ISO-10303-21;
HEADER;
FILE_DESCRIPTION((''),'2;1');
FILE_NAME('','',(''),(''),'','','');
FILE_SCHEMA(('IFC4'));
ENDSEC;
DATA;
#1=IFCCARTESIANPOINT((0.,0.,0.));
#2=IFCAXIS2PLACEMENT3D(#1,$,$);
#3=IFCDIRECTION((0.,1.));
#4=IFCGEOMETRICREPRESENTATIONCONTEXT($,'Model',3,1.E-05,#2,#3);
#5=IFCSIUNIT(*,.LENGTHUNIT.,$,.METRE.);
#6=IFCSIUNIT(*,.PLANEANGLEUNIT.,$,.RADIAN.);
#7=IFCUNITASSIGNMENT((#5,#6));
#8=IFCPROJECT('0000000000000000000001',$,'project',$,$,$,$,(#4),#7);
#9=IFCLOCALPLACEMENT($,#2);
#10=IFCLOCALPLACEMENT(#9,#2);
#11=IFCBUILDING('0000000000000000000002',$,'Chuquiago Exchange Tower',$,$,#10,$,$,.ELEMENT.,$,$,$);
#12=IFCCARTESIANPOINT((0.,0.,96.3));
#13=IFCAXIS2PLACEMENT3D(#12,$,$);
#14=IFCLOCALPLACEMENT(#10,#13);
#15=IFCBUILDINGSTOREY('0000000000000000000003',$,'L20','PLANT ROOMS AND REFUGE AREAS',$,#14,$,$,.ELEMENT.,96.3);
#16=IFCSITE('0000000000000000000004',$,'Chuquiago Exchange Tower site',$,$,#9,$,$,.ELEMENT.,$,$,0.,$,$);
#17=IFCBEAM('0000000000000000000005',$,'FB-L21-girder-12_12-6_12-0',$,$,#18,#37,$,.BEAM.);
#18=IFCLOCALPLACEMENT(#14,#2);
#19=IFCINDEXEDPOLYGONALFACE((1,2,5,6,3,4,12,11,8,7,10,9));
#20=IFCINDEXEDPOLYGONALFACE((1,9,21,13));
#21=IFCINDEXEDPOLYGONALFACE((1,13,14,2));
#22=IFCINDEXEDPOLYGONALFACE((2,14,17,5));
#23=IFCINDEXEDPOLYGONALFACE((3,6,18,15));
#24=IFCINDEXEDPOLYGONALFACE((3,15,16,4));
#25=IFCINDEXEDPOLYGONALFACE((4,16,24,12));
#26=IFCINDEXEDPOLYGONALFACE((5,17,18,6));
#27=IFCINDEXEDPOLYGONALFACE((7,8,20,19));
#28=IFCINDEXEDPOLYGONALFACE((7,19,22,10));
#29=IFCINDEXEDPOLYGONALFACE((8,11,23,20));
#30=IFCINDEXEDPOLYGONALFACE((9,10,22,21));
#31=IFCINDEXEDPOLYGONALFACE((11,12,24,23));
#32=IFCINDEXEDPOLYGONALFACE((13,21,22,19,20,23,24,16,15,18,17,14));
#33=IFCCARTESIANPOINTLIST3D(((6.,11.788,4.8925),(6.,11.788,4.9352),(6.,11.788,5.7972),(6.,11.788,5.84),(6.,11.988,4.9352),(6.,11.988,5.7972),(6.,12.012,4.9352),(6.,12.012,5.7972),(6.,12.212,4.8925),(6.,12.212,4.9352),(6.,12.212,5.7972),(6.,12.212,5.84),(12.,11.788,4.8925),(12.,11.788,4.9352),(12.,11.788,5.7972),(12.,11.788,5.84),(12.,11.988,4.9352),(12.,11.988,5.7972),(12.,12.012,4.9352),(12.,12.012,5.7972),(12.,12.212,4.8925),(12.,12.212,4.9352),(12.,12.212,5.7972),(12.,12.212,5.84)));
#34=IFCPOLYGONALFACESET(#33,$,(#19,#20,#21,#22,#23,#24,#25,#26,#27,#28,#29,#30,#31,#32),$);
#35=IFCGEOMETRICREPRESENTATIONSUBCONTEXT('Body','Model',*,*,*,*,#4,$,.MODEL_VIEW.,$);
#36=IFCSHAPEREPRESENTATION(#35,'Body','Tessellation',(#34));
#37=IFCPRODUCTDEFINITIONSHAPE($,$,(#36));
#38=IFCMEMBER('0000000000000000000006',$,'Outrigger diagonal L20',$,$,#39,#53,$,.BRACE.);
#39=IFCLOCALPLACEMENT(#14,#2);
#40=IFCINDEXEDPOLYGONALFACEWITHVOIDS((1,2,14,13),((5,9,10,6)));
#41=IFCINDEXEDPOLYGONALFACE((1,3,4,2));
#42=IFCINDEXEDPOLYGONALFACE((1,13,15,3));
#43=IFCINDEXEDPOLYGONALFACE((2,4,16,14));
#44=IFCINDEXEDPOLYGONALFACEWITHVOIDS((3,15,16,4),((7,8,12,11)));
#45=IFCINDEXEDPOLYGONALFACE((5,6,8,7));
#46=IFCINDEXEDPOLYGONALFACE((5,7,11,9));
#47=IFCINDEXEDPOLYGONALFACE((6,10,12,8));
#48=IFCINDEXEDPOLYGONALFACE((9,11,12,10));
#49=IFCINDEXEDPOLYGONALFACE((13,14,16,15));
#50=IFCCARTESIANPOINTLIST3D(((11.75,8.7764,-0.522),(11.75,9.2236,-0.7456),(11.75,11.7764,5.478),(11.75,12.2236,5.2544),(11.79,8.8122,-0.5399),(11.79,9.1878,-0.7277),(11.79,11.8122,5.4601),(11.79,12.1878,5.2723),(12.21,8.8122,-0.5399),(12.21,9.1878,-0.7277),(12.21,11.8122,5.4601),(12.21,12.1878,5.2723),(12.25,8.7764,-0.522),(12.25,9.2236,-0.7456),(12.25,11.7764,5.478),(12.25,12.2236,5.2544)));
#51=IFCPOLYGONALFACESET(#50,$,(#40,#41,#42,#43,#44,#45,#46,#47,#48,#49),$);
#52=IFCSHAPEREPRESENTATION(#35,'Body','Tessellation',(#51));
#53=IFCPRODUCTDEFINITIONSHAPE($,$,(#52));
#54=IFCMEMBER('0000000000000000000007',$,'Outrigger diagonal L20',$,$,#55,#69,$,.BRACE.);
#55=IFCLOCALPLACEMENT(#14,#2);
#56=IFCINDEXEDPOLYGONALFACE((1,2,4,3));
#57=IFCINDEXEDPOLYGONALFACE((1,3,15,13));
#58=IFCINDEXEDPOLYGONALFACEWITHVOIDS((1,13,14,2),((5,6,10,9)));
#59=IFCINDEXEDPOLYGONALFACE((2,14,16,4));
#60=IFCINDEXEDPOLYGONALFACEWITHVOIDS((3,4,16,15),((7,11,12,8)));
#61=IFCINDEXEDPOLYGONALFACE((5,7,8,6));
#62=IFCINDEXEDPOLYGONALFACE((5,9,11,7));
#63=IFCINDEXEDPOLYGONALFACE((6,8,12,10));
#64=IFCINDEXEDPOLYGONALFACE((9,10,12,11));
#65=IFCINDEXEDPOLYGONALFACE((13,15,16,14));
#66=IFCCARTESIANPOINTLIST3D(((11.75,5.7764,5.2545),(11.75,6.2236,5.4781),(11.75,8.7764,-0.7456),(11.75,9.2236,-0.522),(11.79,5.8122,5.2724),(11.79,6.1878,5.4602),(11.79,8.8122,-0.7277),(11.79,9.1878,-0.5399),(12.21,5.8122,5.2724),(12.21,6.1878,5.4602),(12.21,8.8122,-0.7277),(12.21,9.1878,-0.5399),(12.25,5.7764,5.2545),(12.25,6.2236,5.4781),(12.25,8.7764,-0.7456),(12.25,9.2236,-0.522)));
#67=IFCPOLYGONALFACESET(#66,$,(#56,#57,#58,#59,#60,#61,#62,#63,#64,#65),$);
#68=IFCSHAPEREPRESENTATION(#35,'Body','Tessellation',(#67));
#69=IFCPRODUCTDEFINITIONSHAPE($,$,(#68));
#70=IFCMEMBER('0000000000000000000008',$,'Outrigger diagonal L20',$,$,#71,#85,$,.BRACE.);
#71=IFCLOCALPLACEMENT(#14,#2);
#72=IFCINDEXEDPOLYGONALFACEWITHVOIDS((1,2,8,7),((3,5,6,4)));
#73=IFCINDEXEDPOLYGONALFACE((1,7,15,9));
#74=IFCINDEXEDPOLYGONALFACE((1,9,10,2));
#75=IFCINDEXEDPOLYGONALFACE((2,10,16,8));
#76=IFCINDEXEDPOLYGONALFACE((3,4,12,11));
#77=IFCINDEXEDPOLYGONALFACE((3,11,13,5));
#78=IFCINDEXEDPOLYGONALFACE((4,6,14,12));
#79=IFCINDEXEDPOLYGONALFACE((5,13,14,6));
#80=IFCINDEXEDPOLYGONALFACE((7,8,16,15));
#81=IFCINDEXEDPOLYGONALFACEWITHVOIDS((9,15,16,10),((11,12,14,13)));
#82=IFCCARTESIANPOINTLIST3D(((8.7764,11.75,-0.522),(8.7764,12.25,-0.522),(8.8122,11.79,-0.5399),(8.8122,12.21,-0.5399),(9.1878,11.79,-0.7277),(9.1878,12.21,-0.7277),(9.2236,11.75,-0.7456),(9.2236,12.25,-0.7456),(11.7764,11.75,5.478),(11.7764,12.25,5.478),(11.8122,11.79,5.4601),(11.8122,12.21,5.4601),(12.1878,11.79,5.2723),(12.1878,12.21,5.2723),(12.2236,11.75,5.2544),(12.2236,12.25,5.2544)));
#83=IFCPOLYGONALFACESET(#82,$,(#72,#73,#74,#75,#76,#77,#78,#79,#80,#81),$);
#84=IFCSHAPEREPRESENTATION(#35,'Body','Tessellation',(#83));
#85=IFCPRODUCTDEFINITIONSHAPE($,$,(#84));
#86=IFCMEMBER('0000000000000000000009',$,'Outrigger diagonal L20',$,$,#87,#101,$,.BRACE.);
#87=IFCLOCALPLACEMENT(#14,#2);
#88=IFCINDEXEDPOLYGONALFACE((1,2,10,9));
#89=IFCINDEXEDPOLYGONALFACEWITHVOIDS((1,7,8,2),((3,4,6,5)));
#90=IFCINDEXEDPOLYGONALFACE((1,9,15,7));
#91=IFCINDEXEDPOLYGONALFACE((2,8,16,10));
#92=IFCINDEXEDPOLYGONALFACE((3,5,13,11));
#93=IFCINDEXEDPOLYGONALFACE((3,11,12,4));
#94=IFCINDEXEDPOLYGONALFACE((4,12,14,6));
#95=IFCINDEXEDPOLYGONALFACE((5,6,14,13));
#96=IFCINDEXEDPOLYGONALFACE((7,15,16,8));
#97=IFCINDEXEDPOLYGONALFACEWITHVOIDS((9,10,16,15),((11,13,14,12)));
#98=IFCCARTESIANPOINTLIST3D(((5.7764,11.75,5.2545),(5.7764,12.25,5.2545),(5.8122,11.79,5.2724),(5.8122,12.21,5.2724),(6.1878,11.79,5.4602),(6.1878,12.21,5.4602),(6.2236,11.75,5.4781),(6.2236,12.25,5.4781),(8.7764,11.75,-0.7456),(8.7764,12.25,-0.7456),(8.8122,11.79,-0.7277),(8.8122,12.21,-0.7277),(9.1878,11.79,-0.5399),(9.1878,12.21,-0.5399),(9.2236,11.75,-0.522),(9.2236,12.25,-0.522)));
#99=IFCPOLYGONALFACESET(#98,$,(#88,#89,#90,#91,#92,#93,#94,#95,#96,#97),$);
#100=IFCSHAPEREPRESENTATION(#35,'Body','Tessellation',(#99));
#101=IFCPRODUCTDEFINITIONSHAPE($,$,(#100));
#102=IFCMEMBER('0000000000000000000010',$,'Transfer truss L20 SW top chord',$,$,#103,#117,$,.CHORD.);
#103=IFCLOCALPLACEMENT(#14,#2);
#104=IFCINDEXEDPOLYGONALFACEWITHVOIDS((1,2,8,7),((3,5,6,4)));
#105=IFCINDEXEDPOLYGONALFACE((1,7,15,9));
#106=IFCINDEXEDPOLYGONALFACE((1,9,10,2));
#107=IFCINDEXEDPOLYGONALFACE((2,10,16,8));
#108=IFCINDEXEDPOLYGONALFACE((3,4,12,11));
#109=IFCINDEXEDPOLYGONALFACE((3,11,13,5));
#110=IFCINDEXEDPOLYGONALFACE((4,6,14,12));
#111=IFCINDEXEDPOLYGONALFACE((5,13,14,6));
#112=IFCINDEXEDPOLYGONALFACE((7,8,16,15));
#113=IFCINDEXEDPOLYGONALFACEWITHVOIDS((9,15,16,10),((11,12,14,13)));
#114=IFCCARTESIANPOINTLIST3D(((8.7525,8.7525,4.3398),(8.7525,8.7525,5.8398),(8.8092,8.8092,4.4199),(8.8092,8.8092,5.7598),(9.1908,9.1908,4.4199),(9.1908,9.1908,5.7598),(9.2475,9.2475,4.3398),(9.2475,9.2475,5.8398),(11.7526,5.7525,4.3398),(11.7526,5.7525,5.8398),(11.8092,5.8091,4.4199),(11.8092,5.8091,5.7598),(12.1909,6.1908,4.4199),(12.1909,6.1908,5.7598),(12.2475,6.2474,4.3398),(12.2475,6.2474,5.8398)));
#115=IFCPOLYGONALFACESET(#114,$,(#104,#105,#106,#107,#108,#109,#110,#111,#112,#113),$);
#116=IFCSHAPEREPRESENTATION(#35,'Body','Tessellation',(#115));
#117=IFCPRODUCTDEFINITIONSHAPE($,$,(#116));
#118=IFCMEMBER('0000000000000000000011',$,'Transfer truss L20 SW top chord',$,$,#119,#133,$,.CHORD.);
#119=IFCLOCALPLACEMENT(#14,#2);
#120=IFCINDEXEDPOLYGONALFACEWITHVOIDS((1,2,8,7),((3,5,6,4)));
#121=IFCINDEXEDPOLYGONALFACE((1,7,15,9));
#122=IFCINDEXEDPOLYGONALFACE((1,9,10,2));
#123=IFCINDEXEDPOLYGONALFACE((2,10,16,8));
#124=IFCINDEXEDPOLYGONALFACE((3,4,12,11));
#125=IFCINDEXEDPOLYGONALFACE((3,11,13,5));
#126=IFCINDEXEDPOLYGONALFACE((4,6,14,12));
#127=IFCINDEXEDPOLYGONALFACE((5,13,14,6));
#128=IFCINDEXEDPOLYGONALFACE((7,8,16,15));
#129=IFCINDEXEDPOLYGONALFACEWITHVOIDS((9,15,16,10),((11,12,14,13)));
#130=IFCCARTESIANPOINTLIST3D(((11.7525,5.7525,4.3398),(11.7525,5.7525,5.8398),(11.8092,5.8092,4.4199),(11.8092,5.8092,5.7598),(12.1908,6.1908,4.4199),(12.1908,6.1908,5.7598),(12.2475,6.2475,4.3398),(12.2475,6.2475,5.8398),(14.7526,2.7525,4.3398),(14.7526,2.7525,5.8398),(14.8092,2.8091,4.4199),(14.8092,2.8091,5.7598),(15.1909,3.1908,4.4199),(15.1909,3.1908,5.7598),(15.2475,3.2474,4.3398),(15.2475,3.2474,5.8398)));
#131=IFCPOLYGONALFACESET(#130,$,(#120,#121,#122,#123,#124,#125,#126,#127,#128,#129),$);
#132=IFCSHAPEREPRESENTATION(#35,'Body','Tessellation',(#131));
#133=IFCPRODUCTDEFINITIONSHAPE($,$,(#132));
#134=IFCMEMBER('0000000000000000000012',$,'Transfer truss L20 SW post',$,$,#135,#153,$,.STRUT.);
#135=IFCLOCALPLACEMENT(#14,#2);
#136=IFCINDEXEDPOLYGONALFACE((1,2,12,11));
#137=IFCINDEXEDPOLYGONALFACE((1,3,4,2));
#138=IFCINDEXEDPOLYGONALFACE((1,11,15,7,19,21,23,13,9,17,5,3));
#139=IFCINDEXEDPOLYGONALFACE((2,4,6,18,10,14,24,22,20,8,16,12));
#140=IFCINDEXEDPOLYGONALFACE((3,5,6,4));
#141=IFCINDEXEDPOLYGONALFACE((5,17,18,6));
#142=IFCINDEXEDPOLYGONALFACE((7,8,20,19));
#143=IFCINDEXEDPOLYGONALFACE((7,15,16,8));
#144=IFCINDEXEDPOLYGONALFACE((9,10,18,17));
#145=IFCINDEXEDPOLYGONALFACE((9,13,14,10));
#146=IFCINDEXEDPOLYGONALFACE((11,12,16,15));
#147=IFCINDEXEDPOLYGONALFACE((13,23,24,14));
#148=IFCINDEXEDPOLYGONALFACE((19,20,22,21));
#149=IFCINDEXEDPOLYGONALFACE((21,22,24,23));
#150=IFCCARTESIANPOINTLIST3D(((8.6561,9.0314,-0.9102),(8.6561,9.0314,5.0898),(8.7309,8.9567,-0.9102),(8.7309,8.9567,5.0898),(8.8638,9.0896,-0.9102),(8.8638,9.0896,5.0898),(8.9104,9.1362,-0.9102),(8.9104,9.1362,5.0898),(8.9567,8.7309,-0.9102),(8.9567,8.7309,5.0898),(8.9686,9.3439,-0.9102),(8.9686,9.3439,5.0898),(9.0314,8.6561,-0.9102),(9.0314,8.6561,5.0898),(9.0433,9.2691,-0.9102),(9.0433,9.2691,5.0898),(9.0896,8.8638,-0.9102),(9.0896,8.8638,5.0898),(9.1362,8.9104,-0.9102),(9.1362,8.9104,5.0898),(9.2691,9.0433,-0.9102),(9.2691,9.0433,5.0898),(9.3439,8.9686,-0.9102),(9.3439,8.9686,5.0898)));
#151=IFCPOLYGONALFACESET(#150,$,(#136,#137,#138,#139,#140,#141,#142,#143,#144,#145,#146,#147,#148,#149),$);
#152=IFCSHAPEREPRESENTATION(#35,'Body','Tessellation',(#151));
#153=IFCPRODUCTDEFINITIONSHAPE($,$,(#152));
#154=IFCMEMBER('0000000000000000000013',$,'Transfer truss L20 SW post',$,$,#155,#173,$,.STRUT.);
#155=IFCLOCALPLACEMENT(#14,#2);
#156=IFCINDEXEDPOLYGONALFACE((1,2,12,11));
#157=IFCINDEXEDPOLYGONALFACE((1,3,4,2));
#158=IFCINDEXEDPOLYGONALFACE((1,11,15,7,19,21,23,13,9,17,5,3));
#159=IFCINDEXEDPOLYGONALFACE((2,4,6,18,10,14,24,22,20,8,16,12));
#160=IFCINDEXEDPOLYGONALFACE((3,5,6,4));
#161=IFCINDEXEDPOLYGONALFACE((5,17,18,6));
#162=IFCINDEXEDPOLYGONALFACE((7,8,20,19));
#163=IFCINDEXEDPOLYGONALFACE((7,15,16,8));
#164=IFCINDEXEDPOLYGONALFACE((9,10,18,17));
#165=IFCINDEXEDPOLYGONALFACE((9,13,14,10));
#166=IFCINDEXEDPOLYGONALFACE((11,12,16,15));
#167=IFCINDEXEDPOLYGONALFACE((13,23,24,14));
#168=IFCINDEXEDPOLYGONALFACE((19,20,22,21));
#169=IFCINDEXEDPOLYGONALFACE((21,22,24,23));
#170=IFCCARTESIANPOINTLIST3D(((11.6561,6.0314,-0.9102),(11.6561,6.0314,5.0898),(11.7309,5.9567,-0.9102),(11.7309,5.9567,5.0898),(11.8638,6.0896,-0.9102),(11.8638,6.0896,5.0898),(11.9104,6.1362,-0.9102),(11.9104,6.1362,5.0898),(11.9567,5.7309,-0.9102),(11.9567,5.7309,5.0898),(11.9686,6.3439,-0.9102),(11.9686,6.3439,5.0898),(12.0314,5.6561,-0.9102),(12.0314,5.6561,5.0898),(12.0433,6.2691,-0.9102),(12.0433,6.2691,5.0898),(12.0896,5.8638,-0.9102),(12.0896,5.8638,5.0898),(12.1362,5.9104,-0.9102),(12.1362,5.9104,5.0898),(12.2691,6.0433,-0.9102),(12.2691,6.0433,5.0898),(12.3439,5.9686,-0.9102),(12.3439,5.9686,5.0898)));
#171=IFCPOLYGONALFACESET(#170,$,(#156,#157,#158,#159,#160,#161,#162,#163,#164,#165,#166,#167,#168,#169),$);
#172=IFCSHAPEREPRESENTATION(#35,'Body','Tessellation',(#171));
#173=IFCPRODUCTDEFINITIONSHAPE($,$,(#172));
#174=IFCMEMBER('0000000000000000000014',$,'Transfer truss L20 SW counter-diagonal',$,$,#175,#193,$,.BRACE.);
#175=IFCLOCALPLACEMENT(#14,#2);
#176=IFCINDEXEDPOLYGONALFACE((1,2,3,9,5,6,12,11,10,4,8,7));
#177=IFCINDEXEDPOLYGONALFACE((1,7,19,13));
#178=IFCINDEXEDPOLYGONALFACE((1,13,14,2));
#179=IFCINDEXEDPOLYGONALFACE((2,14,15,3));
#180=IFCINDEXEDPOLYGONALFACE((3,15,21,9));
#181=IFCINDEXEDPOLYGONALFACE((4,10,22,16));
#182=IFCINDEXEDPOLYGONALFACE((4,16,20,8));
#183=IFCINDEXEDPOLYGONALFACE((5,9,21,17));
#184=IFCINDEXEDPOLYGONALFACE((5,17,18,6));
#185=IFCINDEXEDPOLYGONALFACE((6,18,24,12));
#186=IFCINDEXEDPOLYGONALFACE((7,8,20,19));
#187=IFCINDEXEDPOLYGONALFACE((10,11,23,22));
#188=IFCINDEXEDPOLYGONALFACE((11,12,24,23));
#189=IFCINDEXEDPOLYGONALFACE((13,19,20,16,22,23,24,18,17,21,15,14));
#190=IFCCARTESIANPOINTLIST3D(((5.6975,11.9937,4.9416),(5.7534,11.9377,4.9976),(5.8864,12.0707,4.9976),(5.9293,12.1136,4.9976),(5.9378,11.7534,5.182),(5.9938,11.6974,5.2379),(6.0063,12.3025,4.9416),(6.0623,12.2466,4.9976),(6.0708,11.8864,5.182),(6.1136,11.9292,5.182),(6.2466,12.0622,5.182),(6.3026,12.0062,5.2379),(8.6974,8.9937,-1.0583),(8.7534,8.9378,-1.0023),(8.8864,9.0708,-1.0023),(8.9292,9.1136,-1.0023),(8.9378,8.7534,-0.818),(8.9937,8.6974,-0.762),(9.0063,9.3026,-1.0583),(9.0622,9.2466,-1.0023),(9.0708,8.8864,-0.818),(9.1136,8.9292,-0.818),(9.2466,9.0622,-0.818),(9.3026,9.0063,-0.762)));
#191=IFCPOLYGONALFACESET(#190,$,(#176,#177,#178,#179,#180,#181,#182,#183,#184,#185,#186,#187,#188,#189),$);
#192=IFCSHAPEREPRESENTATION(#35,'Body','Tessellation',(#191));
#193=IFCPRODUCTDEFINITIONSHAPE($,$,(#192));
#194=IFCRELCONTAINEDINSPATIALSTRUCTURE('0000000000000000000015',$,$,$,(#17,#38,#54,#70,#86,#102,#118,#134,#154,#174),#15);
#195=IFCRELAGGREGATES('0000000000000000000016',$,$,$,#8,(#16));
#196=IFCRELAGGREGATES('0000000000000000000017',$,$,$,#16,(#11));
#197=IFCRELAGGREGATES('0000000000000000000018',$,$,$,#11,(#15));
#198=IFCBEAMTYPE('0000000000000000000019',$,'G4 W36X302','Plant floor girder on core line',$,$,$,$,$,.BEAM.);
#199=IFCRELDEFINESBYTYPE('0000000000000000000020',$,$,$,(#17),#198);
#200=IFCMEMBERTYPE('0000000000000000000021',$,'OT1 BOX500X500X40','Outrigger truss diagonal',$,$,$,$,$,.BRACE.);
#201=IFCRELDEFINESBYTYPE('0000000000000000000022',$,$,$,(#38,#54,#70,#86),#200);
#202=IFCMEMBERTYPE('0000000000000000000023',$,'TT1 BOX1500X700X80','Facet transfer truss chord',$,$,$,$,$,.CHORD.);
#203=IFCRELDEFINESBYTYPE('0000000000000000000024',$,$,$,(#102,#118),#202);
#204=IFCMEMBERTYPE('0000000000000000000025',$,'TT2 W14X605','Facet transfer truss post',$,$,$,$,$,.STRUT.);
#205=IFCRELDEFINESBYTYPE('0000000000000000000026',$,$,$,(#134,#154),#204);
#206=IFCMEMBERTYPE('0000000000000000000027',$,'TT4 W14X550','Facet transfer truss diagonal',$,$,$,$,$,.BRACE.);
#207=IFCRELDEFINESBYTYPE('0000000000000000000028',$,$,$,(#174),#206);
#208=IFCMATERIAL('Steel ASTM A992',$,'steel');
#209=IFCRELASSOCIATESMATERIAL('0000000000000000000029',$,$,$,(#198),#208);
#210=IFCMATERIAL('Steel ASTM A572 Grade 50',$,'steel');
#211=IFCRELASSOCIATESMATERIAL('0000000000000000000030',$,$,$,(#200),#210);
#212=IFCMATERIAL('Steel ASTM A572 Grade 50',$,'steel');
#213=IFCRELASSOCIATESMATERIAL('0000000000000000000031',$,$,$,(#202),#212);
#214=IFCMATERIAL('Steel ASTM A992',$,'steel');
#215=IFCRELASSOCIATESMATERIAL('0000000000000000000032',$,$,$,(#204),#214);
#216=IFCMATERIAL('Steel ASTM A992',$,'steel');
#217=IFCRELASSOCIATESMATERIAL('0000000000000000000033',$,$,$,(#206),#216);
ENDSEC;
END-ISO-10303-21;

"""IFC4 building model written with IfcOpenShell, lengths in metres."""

from ifc_helpers import new_model, si_unit, direction, frame, origin, origin_2d, place, context, subcontext, project, spatial, hollow_rectangle, i_section, extrude, material, material_profile, profile_set, type_object, element, save


model = new_model("IFC4")

# Units and contexts
model_context = context("Model", 3, precision=1e-05, world=origin(), true_north=direction((0.0, 1.0)))
body_context = subcontext(model_context, "Body", "Model", "MODEL_VIEW")
ifc_project = project(units=[si_unit("LENGTHUNIT", "METRE"), si_unit("PLANEANGLEUNIT", "RADIAN")], contexts=[model_context])

# Site, building, storey
site_placement = place(None, origin())
site = spatial("IfcSite", under=ifc_project, at=site_placement, Name="Chuquiago Exchange Tower site", CompositionType="ELEMENT", RefElevation=0.0)
building_placement = place(site_placement, origin())
building = spatial("IfcBuilding", under=site, at=building_placement, Name="Chuquiago Exchange Tower", CompositionType="ELEMENT")
storey_placement = place(building_placement, frame((0.0, 0.0, 96.3)))
storey = spatial("IfcBuildingStorey", under=building, at=storey_placement, Name="L20", Description="PLANT ROOMS AND REFUGE AREAS", CompositionType="ELEMENT", Elevation=96.3)

# Beam
ifc_material_1 = material(Name="Steel ASTM A992", Category="steel")
ifc_material_profile_1 = material_profile(ifc_material_1, i_section(OverallWidth=0.4241, OverallDepth=0.9475, WebThickness=0.0239, FlangeThickness=0.0427, at=origin_2d()), Name="W36X302")
ifc_profile_set_1 = profile_set([ifc_material_profile_1], Name="Steel ASTM A992")
beam_type_1 = type_object("IfcBeamType", Name="G4 W36X302", Description="Plant floor girder on core line", PredefinedType="BEAM", material=ifc_profile_set_1)
for number, where, z_axis, x_axis, name in (
    (1, (12.0, 12.0, 5.3662), (-1.0, 0.0, 0.0), (0.0, -1.0, 0.0), "FB-L21-girder-12_12-6_12-0"),
):
    element("IfcBeam", number, at=place(storey_placement, frame(where, z_axis=z_axis, x_axis=x_axis)), inside=storey, type_object=beam_type_1, Name=name, PredefinedType="BEAM", context=body_context, shape_type="SweptSolid", body=[
        extrude(i_section(OverallWidth=0.4241, OverallDepth=0.9475, WebThickness=0.0239, FlangeThickness=0.0427, at=origin_2d()), origin(), (0.0, 0.0, 1.0), 6.0),
    ])

# Members
ifc_material_2 = material(Name="Steel ASTM A572 Grade 50", Category="steel")
ifc_material_profile_2 = material_profile(ifc_material_2, hollow_rectangle(XDim=0.5, YDim=0.5, WallThickness=0.04, at=origin_2d()), Name="BOX500X500X40")
ifc_profile_set_2 = profile_set([ifc_material_profile_2], Name="Steel ASTM A572 Grade 50")
member_type_1 = type_object("IfcMemberType", Name="OT1 BOX500X500X40", Description="Outrigger truss diagonal", PredefinedType="BRACE", material=ifc_profile_set_2)
for number, where, z_axis, x_axis, name in (
    (2, (12.0, 12.0, 5.3662), (0.0, -0.447214, -0.894427), (1.0, 0.0, 0.0), "Outrigger diagonal L20"),
    (3, (12.0, 9.0, -0.6338), (0.0, -0.447214, 0.894427), (1.0, 0.0, 0.0), "Outrigger diagonal L20"),
    (4, (12.0, 12.0, 5.3662), (-0.447214, 0.0, -0.894427), (0.0, -1.0, 0.0), "Outrigger diagonal L20"),
    (5, (9.0, 12.0, -0.6338), (-0.447214, 0.0, 0.894427), (0.0, -1.0, 0.0), "Outrigger diagonal L20"),
):
    element("IfcMember", number, at=place(storey_placement, frame(where, z_axis=z_axis, x_axis=x_axis)), inside=storey, type_object=member_type_1, Name=name, PredefinedType="BRACE", context=body_context, shape_type="SweptSolid", body=[
        extrude(hollow_rectangle(XDim=0.5, YDim=0.5, WallThickness=0.04, at=origin_2d()), origin(), (0.0, 0.0, 1.0), 6.7083),
    ])
ifc_material_3 = material(Name="Steel ASTM A572 Grade 50", Category="steel")
ifc_material_profile_3 = material_profile(ifc_material_3, hollow_rectangle(XDim=0.7, YDim=1.5, WallThickness=0.0801, at=origin_2d()), Name="BOX1500X700X80")
ifc_profile_set_3 = profile_set([ifc_material_profile_3], Name="Steel ASTM A572 Grade 50")
member_type_2 = type_object("IfcMemberType", Name="TT1 BOX1500X700X80", Description="Facet transfer truss chord", PredefinedType="CHORD", material=ifc_profile_set_3)
for number, where, z_axis, x_axis, name in (
    (6, (9.0, 9.0, 5.0898), (0.707107, -0.707107, 0.0), (0.707107, 0.707107, 0.0), "Transfer truss L20 SW top chord"),
    (7, (12.0, 6.0, 5.0898), (0.707107, -0.707107, 0.0), (0.707107, 0.707107, 0.0), "Transfer truss L20 SW top chord"),
):
    element("IfcMember", number, at=place(storey_placement, frame(where, z_axis=z_axis, x_axis=x_axis)), inside=storey, type_object=member_type_2, Name=name, PredefinedType="CHORD", context=body_context, shape_type="SweptSolid", body=[
        extrude(hollow_rectangle(XDim=0.7, YDim=1.5, WallThickness=0.0801, at=origin_2d()), origin(), (0.0, 0.0, 1.0), 4.2427),
    ])
ifc_material_4 = material(Name="Steel ASTM A992", Category="steel")
ifc_material_profile_4 = material_profile(ifc_material_4, i_section(OverallWidth=0.4419, OverallDepth=0.5308, WebThickness=0.0659, FlangeThickness=0.1057, at=origin_2d()), Name="W14X605")
ifc_profile_set_4 = profile_set([ifc_material_profile_4], Name="Steel ASTM A992")
member_type_3 = type_object("IfcMemberType", Name="TT2 W14X605", Description="Facet transfer truss post", PredefinedType="STRUT", material=ifc_profile_set_4)
for number, where, z_axis, x_axis, name in (
    (8, (9.0, 9.0, -0.9102), (0.0, 0.0, 1.0), (-0.707107, -0.707107, 0.0), "Transfer truss L20 SW post"),
    (9, (12.0, 6.0, -0.9102), (0.0, 0.0, 1.0), (-0.707107, -0.707107, 0.0), "Transfer truss L20 SW post"),
):
    element("IfcMember", number, at=place(storey_placement, frame(where, z_axis=z_axis, x_axis=x_axis)), inside=storey, type_object=member_type_3, Name=name, PredefinedType="STRUT", context=body_context, shape_type="SweptSolid", body=[
        extrude(i_section(OverallWidth=0.4419, OverallDepth=0.5308, WebThickness=0.0659, FlangeThickness=0.1057, at=origin_2d()), origin(), (0.0, 0.0, 1.0), 6.0),
    ])
ifc_material_5 = material(Name="Steel ASTM A992", Category="steel")
ifc_material_profile_5 = material_profile(ifc_material_5, i_section(OverallWidth=0.4368, OverallDepth=0.5132, WebThickness=0.0605, FlangeThickness=0.0969, at=origin_2d()), Name="W14X550")
ifc_profile_set_5 = profile_set([ifc_material_profile_5], Name="Steel ASTM A992")
member_type_4 = type_object("IfcMemberType", Name="TT4 W14X550", Description="Facet transfer truss diagonal", PredefinedType="BRACE", material=ifc_profile_set_5)
for number, where, z_axis, x_axis, name in (
    (10, (9.0, 9.0, -0.9102), (-0.408248, 0.408248, 0.816497), (-0.707107, -0.707107, 0.0), "Transfer truss L20 SW counter-diagonal"),
):
    element("IfcMember", number, at=place(storey_placement, frame(where, z_axis=z_axis, x_axis=x_axis)), inside=storey, type_object=member_type_4, Name=name, PredefinedType="BRACE", context=body_context, shape_type="SweptSolid", body=[
        extrude(i_section(OverallWidth=0.4368, OverallDepth=0.5132, WebThickness=0.0605, FlangeThickness=0.0969, at=origin_2d()), origin(), (0.0, 0.0, 1.0), 7.3484),
    ])

save(model, "model.ifc")
